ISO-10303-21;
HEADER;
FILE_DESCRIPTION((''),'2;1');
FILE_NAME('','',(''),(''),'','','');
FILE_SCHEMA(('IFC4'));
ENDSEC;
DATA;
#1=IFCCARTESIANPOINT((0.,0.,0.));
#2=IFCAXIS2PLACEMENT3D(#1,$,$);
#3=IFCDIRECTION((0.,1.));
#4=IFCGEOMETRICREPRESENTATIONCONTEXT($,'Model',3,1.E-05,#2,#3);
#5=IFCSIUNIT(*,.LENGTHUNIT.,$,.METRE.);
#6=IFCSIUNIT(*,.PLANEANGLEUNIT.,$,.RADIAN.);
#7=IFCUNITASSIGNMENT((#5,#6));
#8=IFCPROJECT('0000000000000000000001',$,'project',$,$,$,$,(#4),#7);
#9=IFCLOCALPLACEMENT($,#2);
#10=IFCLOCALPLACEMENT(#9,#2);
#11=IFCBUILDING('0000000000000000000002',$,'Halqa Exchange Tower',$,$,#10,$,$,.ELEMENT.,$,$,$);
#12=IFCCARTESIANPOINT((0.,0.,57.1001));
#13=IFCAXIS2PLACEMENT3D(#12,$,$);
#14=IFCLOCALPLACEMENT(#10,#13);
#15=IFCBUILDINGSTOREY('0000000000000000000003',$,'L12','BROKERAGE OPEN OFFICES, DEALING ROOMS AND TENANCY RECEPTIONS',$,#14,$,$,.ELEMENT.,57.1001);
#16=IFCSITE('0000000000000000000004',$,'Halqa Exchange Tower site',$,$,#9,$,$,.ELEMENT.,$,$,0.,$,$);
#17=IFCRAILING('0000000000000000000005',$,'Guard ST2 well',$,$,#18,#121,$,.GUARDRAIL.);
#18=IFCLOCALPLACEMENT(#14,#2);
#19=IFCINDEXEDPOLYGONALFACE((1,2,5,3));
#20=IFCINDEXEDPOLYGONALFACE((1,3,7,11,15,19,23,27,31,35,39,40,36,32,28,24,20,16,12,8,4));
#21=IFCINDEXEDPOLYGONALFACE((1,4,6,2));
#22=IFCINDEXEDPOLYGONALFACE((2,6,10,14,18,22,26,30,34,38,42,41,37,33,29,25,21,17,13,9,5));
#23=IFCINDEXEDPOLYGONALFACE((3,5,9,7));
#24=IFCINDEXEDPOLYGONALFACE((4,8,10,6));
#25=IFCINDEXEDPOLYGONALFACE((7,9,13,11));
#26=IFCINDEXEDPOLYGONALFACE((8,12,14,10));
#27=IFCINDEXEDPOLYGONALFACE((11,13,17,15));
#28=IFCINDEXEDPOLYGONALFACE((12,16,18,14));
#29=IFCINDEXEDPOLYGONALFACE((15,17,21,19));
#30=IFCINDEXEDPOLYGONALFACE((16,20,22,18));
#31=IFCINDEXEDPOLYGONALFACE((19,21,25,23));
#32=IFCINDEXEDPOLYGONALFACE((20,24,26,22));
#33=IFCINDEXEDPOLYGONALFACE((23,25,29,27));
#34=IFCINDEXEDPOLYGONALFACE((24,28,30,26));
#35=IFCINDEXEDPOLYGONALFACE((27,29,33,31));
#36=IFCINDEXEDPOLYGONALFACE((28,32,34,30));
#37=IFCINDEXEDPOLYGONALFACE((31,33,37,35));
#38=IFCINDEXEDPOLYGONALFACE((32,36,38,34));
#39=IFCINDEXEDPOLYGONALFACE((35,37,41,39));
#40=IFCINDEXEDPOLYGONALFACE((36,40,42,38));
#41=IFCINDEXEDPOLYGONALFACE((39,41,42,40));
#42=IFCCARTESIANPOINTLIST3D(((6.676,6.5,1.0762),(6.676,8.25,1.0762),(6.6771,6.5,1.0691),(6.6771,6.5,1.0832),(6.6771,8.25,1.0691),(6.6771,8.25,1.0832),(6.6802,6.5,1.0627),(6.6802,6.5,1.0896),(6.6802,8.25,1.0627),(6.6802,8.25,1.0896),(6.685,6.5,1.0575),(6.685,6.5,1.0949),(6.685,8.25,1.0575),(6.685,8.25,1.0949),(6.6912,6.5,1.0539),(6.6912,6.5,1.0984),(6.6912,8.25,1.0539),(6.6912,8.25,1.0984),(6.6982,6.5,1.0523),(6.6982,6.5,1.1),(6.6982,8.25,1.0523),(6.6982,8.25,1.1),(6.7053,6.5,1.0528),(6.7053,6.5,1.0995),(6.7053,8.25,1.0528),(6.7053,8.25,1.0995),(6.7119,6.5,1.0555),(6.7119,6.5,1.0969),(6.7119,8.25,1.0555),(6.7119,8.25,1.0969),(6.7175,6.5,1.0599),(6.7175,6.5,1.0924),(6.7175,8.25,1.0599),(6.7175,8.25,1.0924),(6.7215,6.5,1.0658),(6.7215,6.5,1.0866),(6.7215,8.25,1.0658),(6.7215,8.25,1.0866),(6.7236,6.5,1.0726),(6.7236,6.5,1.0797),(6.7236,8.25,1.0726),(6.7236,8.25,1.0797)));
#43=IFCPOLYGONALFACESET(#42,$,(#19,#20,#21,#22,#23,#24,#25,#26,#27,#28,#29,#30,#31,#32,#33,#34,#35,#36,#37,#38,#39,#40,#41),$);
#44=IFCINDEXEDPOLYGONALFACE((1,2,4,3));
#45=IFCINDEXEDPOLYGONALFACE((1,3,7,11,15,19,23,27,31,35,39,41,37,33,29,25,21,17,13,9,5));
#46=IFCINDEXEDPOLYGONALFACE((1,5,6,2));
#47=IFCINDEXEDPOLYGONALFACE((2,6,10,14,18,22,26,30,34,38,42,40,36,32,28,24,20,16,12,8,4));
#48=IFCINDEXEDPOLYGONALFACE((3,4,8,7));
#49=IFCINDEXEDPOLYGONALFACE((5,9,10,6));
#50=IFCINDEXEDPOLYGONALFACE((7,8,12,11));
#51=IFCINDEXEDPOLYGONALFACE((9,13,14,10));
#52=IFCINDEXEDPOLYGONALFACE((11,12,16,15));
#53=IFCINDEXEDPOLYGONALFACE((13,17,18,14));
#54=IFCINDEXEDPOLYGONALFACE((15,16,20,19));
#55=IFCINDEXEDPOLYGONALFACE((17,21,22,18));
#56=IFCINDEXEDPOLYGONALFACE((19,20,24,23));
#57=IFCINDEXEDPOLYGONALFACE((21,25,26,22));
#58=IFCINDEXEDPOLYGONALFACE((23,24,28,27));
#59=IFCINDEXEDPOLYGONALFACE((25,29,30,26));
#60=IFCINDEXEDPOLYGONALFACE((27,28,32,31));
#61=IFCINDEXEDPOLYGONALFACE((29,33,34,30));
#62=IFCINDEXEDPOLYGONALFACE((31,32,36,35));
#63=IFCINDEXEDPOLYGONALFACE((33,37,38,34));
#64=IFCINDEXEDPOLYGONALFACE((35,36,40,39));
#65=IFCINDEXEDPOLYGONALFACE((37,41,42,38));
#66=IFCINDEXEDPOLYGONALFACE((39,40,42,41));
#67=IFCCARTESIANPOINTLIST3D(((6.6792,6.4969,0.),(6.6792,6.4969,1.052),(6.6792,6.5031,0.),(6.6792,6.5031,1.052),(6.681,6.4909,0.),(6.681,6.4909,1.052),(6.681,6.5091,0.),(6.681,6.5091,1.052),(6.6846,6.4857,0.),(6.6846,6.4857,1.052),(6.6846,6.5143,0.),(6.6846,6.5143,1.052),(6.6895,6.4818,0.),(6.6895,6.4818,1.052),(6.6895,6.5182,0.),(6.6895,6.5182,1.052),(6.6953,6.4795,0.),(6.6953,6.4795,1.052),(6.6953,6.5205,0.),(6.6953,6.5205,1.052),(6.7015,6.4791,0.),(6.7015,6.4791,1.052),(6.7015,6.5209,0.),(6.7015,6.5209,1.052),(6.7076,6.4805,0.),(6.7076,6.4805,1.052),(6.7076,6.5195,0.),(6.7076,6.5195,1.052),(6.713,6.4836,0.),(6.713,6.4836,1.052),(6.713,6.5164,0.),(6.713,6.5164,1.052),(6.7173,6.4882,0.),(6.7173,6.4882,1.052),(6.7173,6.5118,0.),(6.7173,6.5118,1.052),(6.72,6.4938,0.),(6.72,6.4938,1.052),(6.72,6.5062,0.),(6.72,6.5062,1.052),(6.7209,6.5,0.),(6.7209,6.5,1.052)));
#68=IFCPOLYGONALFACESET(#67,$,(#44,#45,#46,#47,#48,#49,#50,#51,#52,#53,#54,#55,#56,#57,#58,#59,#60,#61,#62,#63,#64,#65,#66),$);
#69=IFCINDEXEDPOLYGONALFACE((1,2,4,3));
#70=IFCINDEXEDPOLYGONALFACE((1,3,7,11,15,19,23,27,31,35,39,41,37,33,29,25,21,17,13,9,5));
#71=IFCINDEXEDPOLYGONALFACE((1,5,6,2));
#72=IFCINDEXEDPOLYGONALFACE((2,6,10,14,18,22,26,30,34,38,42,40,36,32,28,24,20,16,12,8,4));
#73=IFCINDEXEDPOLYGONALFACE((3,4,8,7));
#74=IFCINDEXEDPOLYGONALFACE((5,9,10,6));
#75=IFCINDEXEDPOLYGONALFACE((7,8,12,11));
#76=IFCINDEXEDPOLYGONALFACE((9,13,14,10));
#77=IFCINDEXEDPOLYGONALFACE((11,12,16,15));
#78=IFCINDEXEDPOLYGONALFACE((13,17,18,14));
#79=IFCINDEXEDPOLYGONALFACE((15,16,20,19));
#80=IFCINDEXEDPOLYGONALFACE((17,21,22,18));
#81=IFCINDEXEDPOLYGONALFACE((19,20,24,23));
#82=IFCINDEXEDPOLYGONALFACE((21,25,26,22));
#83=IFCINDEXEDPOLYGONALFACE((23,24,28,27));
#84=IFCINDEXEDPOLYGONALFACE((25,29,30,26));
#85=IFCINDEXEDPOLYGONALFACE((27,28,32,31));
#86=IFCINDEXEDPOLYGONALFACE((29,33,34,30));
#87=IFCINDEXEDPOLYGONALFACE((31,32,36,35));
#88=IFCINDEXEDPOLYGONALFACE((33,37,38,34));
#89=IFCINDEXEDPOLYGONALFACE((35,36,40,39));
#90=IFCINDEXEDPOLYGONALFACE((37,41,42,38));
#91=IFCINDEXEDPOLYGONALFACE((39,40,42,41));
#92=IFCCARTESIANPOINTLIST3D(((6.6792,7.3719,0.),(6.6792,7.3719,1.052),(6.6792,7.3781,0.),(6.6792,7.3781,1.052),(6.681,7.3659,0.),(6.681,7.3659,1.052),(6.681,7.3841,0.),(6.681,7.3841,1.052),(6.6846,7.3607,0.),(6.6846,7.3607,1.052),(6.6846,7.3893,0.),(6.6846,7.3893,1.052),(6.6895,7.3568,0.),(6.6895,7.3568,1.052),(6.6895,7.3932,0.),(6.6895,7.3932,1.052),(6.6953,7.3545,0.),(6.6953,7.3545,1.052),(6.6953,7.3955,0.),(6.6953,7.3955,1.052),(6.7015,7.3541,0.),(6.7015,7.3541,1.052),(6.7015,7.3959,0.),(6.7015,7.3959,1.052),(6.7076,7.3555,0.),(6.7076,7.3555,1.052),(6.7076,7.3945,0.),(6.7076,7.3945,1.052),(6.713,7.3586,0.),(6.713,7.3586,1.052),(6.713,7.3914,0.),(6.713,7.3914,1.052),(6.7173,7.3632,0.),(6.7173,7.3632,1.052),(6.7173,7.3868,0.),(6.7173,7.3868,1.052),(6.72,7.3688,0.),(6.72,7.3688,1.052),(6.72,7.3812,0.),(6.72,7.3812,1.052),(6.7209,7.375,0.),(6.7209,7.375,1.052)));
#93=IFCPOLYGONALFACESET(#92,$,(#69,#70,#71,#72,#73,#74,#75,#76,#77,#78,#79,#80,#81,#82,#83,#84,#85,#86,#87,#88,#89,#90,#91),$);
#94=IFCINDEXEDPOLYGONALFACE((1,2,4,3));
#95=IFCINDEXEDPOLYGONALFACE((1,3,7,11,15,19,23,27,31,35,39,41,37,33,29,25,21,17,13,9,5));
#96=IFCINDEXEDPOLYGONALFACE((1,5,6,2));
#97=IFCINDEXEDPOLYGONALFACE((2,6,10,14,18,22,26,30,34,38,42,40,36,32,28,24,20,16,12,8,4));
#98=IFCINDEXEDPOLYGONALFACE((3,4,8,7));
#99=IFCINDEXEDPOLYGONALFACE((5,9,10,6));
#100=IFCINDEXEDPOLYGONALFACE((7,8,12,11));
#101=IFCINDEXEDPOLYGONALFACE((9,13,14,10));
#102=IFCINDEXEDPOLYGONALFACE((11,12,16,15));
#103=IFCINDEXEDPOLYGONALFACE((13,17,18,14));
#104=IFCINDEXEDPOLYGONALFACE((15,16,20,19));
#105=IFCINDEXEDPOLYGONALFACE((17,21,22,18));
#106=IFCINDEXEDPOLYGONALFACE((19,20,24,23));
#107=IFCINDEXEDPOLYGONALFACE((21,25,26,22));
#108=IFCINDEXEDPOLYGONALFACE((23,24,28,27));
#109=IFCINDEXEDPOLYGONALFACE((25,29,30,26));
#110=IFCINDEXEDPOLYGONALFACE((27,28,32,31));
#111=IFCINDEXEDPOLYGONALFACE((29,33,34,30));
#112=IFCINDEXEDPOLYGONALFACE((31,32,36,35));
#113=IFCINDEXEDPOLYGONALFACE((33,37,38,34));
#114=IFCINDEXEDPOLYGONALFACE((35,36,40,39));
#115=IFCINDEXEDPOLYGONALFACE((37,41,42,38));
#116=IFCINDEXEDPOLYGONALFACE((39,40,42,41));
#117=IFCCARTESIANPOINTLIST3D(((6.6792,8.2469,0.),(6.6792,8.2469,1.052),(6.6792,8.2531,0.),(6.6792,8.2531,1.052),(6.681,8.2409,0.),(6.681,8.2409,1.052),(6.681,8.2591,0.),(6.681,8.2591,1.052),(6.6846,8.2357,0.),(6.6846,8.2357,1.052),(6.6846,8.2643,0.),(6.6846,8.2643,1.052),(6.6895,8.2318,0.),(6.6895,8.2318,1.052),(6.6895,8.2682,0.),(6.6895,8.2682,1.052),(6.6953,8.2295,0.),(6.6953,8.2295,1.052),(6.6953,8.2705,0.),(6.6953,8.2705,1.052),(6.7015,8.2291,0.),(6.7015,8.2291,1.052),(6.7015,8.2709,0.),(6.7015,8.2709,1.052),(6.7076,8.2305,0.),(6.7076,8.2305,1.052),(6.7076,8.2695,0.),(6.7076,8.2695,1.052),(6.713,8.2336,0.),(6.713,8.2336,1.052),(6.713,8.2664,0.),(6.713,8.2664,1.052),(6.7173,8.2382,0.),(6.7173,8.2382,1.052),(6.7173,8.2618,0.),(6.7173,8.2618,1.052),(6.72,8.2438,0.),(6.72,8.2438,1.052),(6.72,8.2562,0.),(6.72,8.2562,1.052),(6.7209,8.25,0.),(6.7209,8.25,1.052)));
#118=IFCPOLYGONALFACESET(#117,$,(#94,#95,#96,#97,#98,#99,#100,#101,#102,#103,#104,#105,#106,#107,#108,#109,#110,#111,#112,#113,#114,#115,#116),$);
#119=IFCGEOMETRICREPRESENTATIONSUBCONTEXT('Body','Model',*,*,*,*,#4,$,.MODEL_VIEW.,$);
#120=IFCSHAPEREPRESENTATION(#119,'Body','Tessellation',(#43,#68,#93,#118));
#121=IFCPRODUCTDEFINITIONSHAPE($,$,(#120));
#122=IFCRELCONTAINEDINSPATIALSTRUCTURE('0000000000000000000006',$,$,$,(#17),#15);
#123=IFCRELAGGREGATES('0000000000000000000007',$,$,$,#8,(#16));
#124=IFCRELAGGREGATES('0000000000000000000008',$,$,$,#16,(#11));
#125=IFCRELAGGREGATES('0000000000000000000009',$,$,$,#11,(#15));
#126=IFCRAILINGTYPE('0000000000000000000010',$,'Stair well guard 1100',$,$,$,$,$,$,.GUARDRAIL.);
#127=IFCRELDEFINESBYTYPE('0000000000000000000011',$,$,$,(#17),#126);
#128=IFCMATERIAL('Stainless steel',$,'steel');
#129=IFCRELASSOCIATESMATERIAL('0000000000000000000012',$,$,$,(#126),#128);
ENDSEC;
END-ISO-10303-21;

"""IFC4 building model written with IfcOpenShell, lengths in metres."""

from ifc_helpers import new_model, si_unit, direction, frame, origin, origin_2d, place, context, subcontext, project, spatial, circle, extrude, material, type_object, element, save


model = new_model("IFC4")

# Units and contexts
model_context = context("Model", 3, precision=1e-05, world=origin(), true_north=direction((0.0, 1.0)))
body_context = subcontext(model_context, "Body", "Model", "MODEL_VIEW")
ifc_project = project(units=[si_unit("LENGTHUNIT", "METRE"), si_unit("PLANEANGLEUNIT", "RADIAN")], contexts=[model_context])

# Site, building, storey
site_placement = place(None, origin())
site = spatial("IfcSite", under=ifc_project, at=site_placement, Name="Halqa Exchange Tower site", CompositionType="ELEMENT", RefElevation=0.0)
building_placement = place(site_placement, origin())
building = spatial("IfcBuilding", under=site, at=building_placement, Name="Halqa Exchange Tower", CompositionType="ELEMENT")
storey_placement = place(building_placement, frame((0.0, 0.0, 57.1001)))
storey = spatial("IfcBuildingStorey", under=building, at=storey_placement, Name="L12", Description="BROKERAGE OPEN OFFICES, DEALING ROOMS AND TENANCY RECEPTIONS", CompositionType="ELEMENT", Elevation=57.1001)

# Railing
ifc_material_1 = material(Name="Stainless steel", Category="steel")
railing_type_1 = type_object("IfcRailingType", Name="Stair well guard 1100", PredefinedType="GUARDRAIL", material=ifc_material_1)
railing_1_placement = place(storey_placement, frame((6.7, 6.5, 0.0)))
element("IfcRailing", 1, at=railing_1_placement, inside=storey, type_object=railing_type_1, Name="Guard ST2 well", PredefinedType="GUARDRAIL", context=body_context, shape_type="SweptSolid", body=[
    extrude(circle(Radius=0.0239, at=origin_2d()), frame((0.0, 0.0, 1.0762), z_axis=(0.0, 1.0, 0.0), x_axis=(-1.0, 0.0, 0.0)), (0.0, 0.0, 1.0), 1.75),
    extrude(circle(Radius=0.021, at=origin_2d()), origin(), (0.0, 0.0, 1.0), 1.052),
    extrude(circle(Radius=0.021, at=origin_2d()), frame((0.0, 0.875, 0.0)), (0.0, 0.0, 1.0), 1.052),
    extrude(circle(Radius=0.021, at=origin_2d()), frame((0.0, 1.75, 0.0)), (0.0, 0.0, 1.0), 1.052),
])

save(model, "model.ifc")
